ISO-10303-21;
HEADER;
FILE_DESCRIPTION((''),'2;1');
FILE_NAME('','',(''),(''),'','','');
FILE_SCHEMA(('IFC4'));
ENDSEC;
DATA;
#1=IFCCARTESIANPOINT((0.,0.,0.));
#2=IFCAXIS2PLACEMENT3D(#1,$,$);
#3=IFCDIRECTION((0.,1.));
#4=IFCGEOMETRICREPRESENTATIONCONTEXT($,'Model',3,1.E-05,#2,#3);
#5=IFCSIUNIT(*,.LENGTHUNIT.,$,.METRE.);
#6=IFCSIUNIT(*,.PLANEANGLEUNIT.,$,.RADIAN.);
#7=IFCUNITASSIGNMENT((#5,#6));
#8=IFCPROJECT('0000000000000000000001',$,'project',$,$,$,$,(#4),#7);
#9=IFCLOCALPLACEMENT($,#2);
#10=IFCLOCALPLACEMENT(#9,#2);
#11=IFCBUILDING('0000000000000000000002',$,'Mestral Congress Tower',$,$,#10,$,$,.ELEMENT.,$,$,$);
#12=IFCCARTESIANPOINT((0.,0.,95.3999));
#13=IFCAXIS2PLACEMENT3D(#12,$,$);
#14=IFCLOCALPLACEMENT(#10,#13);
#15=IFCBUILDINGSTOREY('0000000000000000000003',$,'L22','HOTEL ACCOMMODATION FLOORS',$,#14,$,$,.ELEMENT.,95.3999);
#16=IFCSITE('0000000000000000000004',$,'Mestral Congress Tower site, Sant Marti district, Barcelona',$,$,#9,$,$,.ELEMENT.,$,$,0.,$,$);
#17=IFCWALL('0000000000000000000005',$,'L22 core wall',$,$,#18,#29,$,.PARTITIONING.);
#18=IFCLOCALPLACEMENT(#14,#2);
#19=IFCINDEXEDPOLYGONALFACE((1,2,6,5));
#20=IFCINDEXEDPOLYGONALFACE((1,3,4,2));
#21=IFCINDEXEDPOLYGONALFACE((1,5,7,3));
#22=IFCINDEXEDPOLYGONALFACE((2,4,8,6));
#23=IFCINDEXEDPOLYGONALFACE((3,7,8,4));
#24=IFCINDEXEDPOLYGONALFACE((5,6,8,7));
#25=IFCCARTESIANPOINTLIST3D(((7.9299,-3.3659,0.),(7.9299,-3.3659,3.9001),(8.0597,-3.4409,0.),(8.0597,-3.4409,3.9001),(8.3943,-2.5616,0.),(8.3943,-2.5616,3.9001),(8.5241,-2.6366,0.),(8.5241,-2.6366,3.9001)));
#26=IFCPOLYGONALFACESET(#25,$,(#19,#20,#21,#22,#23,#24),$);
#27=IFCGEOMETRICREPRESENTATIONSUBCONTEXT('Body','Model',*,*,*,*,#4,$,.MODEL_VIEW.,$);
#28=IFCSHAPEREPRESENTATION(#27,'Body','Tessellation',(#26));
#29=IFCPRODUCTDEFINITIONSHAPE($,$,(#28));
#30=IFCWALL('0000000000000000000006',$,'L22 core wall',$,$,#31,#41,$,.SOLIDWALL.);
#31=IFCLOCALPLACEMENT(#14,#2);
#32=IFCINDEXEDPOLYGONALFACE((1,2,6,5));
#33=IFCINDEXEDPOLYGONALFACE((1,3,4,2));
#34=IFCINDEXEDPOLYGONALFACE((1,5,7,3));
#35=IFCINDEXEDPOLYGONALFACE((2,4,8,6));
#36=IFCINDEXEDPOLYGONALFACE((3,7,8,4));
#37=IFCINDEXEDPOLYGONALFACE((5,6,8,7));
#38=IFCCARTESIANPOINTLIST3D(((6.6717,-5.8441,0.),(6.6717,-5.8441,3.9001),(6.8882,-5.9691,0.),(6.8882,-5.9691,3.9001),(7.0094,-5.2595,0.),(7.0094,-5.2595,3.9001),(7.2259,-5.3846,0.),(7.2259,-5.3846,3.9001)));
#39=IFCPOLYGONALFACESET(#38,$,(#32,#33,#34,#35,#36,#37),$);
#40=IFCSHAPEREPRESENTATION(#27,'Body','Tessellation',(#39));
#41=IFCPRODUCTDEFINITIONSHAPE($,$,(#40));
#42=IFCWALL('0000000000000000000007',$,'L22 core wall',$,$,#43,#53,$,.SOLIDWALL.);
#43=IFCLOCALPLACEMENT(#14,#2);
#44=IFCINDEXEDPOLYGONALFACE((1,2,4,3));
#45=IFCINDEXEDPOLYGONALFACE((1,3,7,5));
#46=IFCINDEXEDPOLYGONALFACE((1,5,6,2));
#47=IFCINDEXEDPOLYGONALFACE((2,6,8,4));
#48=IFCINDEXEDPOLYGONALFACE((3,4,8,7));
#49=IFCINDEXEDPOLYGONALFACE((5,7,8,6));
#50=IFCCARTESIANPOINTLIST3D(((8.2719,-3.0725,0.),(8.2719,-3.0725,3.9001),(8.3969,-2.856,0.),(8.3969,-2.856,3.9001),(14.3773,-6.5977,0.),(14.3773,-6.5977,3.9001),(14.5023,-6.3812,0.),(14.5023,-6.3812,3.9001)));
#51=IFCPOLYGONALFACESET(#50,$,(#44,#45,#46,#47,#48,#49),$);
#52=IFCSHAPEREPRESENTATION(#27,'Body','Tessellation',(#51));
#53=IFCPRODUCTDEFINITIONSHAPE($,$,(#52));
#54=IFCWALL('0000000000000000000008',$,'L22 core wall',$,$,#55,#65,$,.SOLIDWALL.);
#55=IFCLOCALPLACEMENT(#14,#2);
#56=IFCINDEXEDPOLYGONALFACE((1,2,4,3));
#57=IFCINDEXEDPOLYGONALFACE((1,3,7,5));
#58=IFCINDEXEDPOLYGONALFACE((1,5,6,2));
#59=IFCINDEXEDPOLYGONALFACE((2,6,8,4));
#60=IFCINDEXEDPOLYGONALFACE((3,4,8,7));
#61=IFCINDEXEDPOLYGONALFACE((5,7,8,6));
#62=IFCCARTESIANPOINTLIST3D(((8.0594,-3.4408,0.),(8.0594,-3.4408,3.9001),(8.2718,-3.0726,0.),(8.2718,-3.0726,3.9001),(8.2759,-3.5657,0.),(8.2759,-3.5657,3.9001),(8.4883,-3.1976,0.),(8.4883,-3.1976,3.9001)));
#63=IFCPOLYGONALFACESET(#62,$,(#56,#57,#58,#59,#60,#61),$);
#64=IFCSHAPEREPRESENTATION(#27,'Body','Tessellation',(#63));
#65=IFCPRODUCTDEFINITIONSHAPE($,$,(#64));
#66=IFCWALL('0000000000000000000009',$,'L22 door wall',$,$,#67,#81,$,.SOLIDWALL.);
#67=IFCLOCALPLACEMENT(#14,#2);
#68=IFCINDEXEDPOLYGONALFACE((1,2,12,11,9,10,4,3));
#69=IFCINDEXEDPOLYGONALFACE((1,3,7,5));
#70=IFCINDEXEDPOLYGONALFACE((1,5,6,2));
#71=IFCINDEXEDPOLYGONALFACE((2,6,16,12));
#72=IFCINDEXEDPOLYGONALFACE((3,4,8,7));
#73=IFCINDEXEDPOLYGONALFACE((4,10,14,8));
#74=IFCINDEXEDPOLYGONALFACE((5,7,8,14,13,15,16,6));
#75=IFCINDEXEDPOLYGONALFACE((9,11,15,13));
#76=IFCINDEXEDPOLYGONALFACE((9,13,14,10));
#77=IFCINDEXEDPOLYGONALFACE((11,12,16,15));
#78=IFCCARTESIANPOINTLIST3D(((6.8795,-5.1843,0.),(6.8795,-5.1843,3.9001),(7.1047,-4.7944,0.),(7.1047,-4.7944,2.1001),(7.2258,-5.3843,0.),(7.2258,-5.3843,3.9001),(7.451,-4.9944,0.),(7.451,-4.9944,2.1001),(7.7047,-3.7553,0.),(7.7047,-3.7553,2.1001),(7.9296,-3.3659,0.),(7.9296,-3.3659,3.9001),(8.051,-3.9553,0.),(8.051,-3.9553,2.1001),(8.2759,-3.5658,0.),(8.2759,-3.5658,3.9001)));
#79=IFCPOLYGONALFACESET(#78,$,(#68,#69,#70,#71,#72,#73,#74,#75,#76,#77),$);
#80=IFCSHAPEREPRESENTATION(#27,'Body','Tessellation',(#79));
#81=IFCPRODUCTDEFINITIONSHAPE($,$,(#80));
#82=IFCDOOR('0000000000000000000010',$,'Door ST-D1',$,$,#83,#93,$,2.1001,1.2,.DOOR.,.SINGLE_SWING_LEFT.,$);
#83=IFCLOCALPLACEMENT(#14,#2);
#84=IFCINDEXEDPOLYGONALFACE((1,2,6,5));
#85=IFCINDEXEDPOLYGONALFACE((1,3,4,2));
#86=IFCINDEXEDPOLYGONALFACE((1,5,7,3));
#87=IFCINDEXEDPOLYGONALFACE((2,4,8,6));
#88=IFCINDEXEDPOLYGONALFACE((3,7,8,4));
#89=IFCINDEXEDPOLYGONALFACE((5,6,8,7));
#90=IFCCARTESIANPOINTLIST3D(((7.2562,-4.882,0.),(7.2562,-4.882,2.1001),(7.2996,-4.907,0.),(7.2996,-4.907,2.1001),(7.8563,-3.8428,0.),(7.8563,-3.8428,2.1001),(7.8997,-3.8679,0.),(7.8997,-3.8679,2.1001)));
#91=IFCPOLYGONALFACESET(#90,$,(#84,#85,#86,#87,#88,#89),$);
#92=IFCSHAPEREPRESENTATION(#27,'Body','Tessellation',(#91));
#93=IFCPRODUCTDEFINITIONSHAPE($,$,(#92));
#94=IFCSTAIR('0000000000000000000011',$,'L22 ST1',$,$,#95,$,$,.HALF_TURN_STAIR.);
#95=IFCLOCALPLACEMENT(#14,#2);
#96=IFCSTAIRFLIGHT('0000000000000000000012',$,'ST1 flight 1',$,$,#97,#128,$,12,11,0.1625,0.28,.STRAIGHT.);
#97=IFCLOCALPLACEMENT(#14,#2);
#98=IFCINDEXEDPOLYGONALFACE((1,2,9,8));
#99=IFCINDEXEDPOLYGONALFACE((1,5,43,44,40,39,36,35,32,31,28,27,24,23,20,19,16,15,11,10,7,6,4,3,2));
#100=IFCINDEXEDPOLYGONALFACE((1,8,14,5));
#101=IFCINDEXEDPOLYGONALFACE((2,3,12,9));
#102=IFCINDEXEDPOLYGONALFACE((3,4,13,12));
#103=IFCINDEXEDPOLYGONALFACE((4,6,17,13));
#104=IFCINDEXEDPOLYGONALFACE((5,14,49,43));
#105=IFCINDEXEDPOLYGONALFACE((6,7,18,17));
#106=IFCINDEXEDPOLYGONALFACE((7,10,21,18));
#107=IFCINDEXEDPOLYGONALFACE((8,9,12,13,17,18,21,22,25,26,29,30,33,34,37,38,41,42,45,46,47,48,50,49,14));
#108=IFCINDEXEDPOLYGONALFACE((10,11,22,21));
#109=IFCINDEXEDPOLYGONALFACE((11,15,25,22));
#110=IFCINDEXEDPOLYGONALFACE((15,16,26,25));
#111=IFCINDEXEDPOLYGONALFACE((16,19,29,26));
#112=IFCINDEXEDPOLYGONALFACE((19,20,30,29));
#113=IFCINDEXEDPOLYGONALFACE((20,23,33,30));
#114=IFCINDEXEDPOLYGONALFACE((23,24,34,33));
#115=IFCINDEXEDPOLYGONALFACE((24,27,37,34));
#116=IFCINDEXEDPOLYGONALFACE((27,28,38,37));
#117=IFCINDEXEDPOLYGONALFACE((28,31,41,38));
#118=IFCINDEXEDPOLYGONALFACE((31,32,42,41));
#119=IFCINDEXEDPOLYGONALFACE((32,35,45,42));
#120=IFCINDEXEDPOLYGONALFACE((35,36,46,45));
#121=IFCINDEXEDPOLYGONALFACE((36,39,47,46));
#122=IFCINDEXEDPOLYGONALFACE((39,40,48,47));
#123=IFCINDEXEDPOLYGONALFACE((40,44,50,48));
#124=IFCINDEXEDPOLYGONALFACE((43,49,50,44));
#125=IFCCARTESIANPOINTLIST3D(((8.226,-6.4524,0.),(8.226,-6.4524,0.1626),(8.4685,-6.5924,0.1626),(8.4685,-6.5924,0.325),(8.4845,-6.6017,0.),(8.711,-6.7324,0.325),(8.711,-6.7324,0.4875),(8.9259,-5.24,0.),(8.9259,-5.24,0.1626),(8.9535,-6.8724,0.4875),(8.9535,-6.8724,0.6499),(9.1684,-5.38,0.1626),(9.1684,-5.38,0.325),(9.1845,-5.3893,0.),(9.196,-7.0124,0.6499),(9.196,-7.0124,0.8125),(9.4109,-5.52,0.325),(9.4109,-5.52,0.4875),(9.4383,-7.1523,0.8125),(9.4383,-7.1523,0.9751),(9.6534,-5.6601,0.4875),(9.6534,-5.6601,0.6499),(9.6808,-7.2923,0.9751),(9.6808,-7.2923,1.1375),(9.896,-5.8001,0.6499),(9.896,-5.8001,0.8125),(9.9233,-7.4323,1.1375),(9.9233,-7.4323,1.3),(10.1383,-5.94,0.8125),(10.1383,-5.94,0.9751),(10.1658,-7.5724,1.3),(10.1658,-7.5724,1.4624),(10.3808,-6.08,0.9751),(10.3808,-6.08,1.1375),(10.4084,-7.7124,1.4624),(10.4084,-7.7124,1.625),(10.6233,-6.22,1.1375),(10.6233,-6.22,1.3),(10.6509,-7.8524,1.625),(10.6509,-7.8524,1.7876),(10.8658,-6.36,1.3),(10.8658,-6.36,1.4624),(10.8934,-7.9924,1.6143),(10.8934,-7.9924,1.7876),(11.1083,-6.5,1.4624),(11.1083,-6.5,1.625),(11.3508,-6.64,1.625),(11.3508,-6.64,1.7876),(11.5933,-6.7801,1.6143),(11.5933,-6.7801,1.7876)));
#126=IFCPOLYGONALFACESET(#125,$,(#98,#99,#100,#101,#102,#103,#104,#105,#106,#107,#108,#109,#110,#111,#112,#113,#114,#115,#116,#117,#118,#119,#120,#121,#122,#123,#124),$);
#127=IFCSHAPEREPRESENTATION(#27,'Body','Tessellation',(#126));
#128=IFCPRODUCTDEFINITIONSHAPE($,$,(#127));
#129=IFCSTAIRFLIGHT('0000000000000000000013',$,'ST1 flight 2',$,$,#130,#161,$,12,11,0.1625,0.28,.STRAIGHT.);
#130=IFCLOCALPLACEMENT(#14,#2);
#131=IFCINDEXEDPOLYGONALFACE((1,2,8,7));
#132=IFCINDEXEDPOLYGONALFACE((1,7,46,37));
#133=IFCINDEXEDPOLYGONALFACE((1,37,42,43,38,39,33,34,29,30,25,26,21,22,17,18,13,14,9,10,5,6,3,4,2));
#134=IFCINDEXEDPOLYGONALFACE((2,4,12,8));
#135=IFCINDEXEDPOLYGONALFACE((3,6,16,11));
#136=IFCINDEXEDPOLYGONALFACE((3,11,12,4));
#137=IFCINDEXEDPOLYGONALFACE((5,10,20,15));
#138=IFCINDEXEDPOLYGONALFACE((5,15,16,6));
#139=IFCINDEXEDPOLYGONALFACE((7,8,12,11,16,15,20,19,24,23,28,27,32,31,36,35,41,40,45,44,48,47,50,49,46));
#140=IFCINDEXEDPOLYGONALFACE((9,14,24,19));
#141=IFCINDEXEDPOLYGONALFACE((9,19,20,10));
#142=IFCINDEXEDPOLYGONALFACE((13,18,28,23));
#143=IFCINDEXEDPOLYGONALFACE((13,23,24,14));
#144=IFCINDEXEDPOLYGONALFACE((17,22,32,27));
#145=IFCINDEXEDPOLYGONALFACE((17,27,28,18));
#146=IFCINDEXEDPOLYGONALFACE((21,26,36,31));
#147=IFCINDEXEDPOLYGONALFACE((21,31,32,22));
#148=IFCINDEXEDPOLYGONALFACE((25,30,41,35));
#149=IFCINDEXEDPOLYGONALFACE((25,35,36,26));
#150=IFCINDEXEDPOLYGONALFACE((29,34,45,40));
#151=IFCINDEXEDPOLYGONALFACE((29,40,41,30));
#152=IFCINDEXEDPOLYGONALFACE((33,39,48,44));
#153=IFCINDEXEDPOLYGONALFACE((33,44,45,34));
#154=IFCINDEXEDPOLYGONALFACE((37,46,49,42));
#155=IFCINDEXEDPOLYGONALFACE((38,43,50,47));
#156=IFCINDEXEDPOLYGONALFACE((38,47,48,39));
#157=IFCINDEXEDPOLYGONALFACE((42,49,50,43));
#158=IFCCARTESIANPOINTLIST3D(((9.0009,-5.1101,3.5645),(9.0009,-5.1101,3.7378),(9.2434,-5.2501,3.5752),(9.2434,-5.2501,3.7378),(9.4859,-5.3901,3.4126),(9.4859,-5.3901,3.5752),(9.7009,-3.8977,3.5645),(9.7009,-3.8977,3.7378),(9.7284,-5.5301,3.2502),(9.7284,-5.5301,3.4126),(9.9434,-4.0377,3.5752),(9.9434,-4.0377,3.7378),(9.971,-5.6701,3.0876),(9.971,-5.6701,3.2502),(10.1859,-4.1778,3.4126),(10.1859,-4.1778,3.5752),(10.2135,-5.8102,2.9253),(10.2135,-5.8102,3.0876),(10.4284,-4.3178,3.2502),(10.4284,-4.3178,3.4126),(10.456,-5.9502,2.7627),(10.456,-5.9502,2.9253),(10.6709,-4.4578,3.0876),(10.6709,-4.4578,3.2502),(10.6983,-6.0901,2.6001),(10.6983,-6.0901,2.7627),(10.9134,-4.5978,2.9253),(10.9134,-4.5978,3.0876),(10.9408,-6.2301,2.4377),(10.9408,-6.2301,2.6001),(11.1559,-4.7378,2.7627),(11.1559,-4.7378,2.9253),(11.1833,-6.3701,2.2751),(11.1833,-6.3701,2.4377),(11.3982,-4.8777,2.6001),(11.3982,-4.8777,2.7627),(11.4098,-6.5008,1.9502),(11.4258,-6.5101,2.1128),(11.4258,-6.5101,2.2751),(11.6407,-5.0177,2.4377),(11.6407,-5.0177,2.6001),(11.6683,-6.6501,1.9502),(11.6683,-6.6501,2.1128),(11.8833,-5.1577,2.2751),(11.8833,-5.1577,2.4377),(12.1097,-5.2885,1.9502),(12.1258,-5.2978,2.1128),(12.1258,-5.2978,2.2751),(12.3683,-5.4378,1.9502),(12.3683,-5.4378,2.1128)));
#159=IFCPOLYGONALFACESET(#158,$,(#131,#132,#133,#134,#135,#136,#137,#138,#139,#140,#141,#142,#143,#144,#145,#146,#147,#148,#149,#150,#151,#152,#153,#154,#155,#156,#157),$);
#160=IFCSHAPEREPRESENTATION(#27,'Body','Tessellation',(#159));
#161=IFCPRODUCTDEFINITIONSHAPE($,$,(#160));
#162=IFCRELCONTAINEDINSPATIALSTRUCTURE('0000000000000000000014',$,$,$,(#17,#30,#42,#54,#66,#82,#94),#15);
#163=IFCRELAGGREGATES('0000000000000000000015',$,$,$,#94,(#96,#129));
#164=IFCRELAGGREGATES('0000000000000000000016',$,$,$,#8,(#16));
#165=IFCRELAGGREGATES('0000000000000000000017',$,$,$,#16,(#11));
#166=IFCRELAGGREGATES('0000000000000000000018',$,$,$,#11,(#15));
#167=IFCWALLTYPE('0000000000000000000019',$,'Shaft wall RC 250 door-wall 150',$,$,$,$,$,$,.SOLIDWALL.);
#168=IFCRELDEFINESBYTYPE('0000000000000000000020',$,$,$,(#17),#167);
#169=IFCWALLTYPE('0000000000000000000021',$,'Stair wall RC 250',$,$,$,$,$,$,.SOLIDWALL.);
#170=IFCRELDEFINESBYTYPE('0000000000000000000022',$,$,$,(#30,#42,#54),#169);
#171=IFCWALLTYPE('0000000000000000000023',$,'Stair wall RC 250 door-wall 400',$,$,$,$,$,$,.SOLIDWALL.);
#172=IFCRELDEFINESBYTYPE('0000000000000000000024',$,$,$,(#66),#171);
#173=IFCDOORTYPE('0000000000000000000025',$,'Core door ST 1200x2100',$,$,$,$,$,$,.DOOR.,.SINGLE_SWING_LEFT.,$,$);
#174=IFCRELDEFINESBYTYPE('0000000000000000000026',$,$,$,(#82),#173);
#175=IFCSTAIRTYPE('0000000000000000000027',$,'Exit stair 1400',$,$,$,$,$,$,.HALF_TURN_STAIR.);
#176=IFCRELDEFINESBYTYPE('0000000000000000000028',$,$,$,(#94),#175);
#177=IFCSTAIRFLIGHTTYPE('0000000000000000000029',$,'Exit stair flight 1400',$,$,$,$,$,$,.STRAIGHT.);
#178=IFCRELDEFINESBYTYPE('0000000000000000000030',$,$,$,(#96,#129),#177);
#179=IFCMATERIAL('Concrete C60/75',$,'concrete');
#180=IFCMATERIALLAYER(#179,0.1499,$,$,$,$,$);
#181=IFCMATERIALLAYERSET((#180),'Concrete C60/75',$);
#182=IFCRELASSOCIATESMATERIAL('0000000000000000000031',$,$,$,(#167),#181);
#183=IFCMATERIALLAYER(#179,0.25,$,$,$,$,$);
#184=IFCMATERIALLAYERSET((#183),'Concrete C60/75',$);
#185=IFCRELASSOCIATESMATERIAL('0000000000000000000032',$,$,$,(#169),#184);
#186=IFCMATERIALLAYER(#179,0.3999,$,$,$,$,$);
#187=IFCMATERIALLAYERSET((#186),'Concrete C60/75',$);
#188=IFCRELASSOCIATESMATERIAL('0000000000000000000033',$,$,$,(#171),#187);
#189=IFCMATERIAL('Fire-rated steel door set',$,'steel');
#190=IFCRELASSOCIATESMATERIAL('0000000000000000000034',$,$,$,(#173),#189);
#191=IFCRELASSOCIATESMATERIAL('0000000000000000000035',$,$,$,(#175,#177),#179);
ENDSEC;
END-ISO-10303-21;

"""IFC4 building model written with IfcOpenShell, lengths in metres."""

from ifc_helpers import new_model, si_unit, direction, frame, frame_2d, origin, place, context, subcontext, project, spatial, polyline, rectangle, outline, extrude, material, layer, layer_set, type_object, element, fill, aggregate, save


model = new_model("IFC4")

# Units and contexts
model_context = context("Model", 3, precision=1e-05, world=origin(), true_north=direction((0.0, 1.0)))
body_context = subcontext(model_context, "Body", "Model", "MODEL_VIEW")
ifc_project = project(units=[si_unit("LENGTHUNIT", "METRE"), si_unit("PLANEANGLEUNIT", "RADIAN")], contexts=[model_context])

# Site, building, storey
site_placement = place(None, origin())
site = spatial("IfcSite", under=ifc_project, at=site_placement, Name="Mestral Congress Tower site, Sant Marti district, Barcelona", CompositionType="ELEMENT", RefElevation=0.0)
building_placement = place(site_placement, origin())
building = spatial("IfcBuilding", under=site, at=building_placement, Name="Mestral Congress Tower", CompositionType="ELEMENT")
storey_placement = place(building_placement, frame((0.0, 0.0, 95.3999)))
storey = spatial("IfcBuildingStorey", under=building, at=storey_placement, Name="L22", Description="HOTEL ACCOMMODATION FLOORS", CompositionType="ELEMENT", Elevation=95.3999)

# Shared definitions
ifc_material_1 = material(Name="Fire-rated steel door set", Category="steel")

# Shared definitions
ifc_material_2 = material(Name="Concrete C60/75", Category="concrete")

# Walls
ifc_layer_1 = layer(ifc_material_2, 0.1499)
ifc_layer_set_1 = layer_set([ifc_layer_1], Name="Concrete C60/75")
wall_type_1 = type_object("IfcWallType", Name="Shaft wall RC 250 door-wall 150", PredefinedType="SOLIDWALL", material=ifc_layer_set_1)
wall_1_placement = place(storey_placement, frame((8.4592, -2.5991, 0.0), z_axis=(0.0, 0.0, 1.0), x_axis=(-0.500041, -0.866002, 0.0)))
element("IfcWall", 1, at=wall_1_placement, inside=storey, type_object=wall_type_1, Name="L22 core wall", PredefinedType="PARTITIONING", context=body_context, shape_type="SweptSolid", body=[
    extrude(rectangle(XDim=0.9287, YDim=0.1499, at=frame_2d((0.4644, 0.0))), origin(), (0.0, 0.0, 1.0), 3.9001),
])
ifc_layer_2 = layer(ifc_material_2, 0.25)
ifc_layer_set_2 = layer_set([ifc_layer_2], Name="Concrete C60/75")
wall_type_2 = type_object("IfcWallType", Name="Stair wall RC 250", PredefinedType="SOLIDWALL", material=ifc_layer_set_2)
wall_2_placement = place(storey_placement, frame((6.78, -5.9065, 0.0), z_axis=(0.0, 0.0, 1.0), x_axis=(0.500223, 0.865896, 0.0)))
element("IfcWall", 2, at=wall_2_placement, inside=storey, type_object=wall_type_2, Name="L22 core wall", PredefinedType="SOLIDWALL", context=body_context, shape_type="SweptSolid", body=[
    extrude(rectangle(XDim=0.675, YDim=0.25, at=frame_2d((0.3374, 0.0))), origin(), (0.0, 0.0, 1.0), 3.9001),
])
wall_3_placement = place(storey_placement, frame((8.3345, -2.9644, 0.0), z_axis=(0.0, 0.0, 1.0), x_axis=(0.866016, -0.500016, 0.0)))
element("IfcWall", 3, at=wall_3_placement, inside=storey, type_object=wall_type_2, Name="L22 core wall", PredefinedType="SOLIDWALL", context=body_context, shape_type="SweptSolid", body=[
    extrude(rectangle(XDim=7.05, YDim=0.25, at=frame_2d((3.5249, 0.0))), origin(), (0.0, 0.0, 1.0), 3.9001),
])
wall_4_placement = place(storey_placement, frame((8.1677, -3.5032, 0.0), z_axis=(0.0, 0.0, 1.0), x_axis=(0.499722, 0.866186, 0.0)))
element("IfcWall", 4, at=wall_4_placement, inside=storey, type_object=wall_type_2, Name="L22 core wall", PredefinedType="SOLIDWALL", context=body_context, shape_type="SweptSolid", body=[
    extrude(rectangle(XDim=0.425, YDim=0.25, at=frame_2d((0.2124, 0.0))), origin(), (0.0, 0.0, 1.0), 3.9001),
])

# Wall, opening, door
ifc_layer_3 = layer(ifc_material_2, 0.3999)
ifc_layer_set_3 = layer_set([ifc_layer_3], Name="Concrete C60/75")
wall_type_3 = type_object("IfcWallType", Name="Stair wall RC 250 door-wall 400", PredefinedType="SOLIDWALL", material=ifc_layer_set_3)
wall_5_placement = place(storey_placement, frame((7.0527, -5.2842, 0.0), z_axis=(0.0, 0.0, 1.0), x_axis=(0.500078, 0.86598, 0.0)))
wall_5 = element("IfcWall", 5, at=wall_5_placement, inside=storey, type_object=wall_type_3, Name="L22 door wall", PredefinedType="SOLIDWALL", context=body_context, shape_type="SweptSolid", body=[
    extrude(rectangle(XDim=2.0999, YDim=0.3999, at=frame_2d((1.0498, 0.0))), origin(), (0.0, 0.0, 1.0), 3.9001),
])
opening_1_placement = place(wall_5_placement, frame((0.45, 0.0, 0.0)))
opening_1 = element("IfcOpeningElement", 6, at=opening_1_placement, cuts=wall_5, PredefinedType="OPENING", context=body_context, shape_type="SweptSolid", body=[
    extrude(rectangle(XDim=1.2, YDim=2.1001, at=frame_2d((0.6001, 1.05))), frame((0.0, 0.21, 0.0), z_axis=(0.0, -1.0, 0.0), x_axis=(1.0, 0.0, 0.0)), (0.0, 0.0, 1.0), 0.4199),
])
door_type_1 = type_object("IfcDoorType", Name="Core door ST 1200x2100", OperationType="SINGLE_SWING_LEFT", PredefinedType="DOOR", material=ifc_material_1)
door_1_placement = place(opening_1_placement, origin())
door_1 = element("IfcDoor", 7, at=door_1_placement, inside=storey, type_object=door_type_1, Name="Door ST-D1", OperationType="SINGLE_SWING_LEFT", OverallHeight=2.1001, OverallWidth=1.2, PredefinedType="DOOR", context=body_context, shape_type="SweptSolid", body=[
    extrude(rectangle(XDim=1.2, YDim=2.1001, at=frame_2d((0.6001, 1.05))), frame((0.0, 0.0249, 0.0), z_axis=(0.0, -1.0, 0.0), x_axis=(1.0, 0.0, 0.0)), (0.0, 0.0, 1.0), 0.05),
])
fill(opening_1, door_1)

# Stair, stair flights
stair_type = type_object("IfcStairType", Name="Exit stair 1400", PredefinedType="HALF_TURN_STAIR", material=ifc_material_2)
stair_placement = place(storey_placement, origin())
stair = element("IfcStair", 8, at=stair_placement, inside=storey, type_object=stair_type, Name="L22 ST1", PredefinedType="HALF_TURN_STAIR")
stair_flight_type = type_object("IfcStairFlightType", Name="Exit stair flight 1400", PredefinedType="STRAIGHT", material=ifc_material_2)
stair_flight_1_placement = place(storey_placement, frame((8.5759, -5.8462, 0.0), z_axis=(0.0, 0.0, 1.0), x_axis=(0.866025, -0.5, 0.0)))
stair_flight_1 = element("IfcStairFlight", 9, at=stair_flight_1_placement, type_object=stair_flight_type, Name="ST1 flight 1", NumberOfRisers=12, NumberOfTreads=11, PredefinedType="STRAIGHT", RiserHeight=0.1625, TreadLength=0.28, context=body_context, shape_type="SweptSolid", body=[
    extrude(outline(polyline([(0.0, 0.0), (0.0, 0.1626), (0.28, 0.1626), (0.28, 0.325), (0.5601, 0.325), (0.5601, 0.4875), (0.8401, 0.4875), (0.8401, 0.6499), (1.1201, 0.6499), (1.1201, 0.8125), (1.3999, 0.8125), (1.3999, 0.9751), (1.6799, 0.9751), (1.6799, 1.1375), (1.96, 1.1375), (1.96, 1.3), (2.24, 1.3), (2.24, 1.4624), (2.52, 1.4624), (2.52, 1.625), (2.8, 1.625), (2.8, 1.7876), (3.0801, 1.7876), (3.0801, 1.95), (3.0801, 1.6143), (0.2986, 0.0), (0.0, 0.0)])), frame((0.0, 0.7, 0.0), z_axis=(0.0, -1.0, 0.0), x_axis=(1.0, 0.0, 0.0)), (0.0, 0.0, 1.0), 1.3999),
])
stair_flight_2_placement = place(storey_placement, frame((12.0183, -6.0439, 1.9502), z_axis=(0.0, 0.0, 1.0), x_axis=(-0.866025, 0.5, 0.0)))
stair_flight_2 = element("IfcStairFlight", 10, at=stair_flight_2_placement, type_object=stair_flight_type, Name="ST1 flight 2", NumberOfRisers=12, NumberOfTreads=11, PredefinedType="STRAIGHT", RiserHeight=0.1625, TreadLength=0.28, context=body_context, shape_type="SweptSolid", body=[
    extrude(outline(polyline([(0.0, 0.0), (0.0, 0.1626), (0.28, 0.1626), (0.28, 0.325), (0.5601, 0.325), (0.5601, 0.4875), (0.8401, 0.4875), (0.8401, 0.6499), (1.1201, 0.6499), (1.1201, 0.8125), (1.3999, 0.8125), (1.3999, 0.9751), (1.6799, 0.9751), (1.6799, 1.1375), (1.96, 1.1375), (1.96, 1.3), (2.24, 1.3), (2.24, 1.4624), (2.52, 1.4624), (2.52, 1.625), (2.8, 1.625), (2.8, 1.7876), (3.0801, 1.7876), (3.0801, 1.95), (3.0801, 1.6143), (0.2986, 0.0), (0.0, 0.0)])), frame((0.0, 0.7, 0.0), z_axis=(0.0, -1.0, 0.0), x_axis=(1.0, 0.0, 0.0)), (0.0, 0.0, 1.0), 1.3999),
])
aggregate(stair, [stair_flight_1, stair_flight_2])

save(model, "model.ifc")
